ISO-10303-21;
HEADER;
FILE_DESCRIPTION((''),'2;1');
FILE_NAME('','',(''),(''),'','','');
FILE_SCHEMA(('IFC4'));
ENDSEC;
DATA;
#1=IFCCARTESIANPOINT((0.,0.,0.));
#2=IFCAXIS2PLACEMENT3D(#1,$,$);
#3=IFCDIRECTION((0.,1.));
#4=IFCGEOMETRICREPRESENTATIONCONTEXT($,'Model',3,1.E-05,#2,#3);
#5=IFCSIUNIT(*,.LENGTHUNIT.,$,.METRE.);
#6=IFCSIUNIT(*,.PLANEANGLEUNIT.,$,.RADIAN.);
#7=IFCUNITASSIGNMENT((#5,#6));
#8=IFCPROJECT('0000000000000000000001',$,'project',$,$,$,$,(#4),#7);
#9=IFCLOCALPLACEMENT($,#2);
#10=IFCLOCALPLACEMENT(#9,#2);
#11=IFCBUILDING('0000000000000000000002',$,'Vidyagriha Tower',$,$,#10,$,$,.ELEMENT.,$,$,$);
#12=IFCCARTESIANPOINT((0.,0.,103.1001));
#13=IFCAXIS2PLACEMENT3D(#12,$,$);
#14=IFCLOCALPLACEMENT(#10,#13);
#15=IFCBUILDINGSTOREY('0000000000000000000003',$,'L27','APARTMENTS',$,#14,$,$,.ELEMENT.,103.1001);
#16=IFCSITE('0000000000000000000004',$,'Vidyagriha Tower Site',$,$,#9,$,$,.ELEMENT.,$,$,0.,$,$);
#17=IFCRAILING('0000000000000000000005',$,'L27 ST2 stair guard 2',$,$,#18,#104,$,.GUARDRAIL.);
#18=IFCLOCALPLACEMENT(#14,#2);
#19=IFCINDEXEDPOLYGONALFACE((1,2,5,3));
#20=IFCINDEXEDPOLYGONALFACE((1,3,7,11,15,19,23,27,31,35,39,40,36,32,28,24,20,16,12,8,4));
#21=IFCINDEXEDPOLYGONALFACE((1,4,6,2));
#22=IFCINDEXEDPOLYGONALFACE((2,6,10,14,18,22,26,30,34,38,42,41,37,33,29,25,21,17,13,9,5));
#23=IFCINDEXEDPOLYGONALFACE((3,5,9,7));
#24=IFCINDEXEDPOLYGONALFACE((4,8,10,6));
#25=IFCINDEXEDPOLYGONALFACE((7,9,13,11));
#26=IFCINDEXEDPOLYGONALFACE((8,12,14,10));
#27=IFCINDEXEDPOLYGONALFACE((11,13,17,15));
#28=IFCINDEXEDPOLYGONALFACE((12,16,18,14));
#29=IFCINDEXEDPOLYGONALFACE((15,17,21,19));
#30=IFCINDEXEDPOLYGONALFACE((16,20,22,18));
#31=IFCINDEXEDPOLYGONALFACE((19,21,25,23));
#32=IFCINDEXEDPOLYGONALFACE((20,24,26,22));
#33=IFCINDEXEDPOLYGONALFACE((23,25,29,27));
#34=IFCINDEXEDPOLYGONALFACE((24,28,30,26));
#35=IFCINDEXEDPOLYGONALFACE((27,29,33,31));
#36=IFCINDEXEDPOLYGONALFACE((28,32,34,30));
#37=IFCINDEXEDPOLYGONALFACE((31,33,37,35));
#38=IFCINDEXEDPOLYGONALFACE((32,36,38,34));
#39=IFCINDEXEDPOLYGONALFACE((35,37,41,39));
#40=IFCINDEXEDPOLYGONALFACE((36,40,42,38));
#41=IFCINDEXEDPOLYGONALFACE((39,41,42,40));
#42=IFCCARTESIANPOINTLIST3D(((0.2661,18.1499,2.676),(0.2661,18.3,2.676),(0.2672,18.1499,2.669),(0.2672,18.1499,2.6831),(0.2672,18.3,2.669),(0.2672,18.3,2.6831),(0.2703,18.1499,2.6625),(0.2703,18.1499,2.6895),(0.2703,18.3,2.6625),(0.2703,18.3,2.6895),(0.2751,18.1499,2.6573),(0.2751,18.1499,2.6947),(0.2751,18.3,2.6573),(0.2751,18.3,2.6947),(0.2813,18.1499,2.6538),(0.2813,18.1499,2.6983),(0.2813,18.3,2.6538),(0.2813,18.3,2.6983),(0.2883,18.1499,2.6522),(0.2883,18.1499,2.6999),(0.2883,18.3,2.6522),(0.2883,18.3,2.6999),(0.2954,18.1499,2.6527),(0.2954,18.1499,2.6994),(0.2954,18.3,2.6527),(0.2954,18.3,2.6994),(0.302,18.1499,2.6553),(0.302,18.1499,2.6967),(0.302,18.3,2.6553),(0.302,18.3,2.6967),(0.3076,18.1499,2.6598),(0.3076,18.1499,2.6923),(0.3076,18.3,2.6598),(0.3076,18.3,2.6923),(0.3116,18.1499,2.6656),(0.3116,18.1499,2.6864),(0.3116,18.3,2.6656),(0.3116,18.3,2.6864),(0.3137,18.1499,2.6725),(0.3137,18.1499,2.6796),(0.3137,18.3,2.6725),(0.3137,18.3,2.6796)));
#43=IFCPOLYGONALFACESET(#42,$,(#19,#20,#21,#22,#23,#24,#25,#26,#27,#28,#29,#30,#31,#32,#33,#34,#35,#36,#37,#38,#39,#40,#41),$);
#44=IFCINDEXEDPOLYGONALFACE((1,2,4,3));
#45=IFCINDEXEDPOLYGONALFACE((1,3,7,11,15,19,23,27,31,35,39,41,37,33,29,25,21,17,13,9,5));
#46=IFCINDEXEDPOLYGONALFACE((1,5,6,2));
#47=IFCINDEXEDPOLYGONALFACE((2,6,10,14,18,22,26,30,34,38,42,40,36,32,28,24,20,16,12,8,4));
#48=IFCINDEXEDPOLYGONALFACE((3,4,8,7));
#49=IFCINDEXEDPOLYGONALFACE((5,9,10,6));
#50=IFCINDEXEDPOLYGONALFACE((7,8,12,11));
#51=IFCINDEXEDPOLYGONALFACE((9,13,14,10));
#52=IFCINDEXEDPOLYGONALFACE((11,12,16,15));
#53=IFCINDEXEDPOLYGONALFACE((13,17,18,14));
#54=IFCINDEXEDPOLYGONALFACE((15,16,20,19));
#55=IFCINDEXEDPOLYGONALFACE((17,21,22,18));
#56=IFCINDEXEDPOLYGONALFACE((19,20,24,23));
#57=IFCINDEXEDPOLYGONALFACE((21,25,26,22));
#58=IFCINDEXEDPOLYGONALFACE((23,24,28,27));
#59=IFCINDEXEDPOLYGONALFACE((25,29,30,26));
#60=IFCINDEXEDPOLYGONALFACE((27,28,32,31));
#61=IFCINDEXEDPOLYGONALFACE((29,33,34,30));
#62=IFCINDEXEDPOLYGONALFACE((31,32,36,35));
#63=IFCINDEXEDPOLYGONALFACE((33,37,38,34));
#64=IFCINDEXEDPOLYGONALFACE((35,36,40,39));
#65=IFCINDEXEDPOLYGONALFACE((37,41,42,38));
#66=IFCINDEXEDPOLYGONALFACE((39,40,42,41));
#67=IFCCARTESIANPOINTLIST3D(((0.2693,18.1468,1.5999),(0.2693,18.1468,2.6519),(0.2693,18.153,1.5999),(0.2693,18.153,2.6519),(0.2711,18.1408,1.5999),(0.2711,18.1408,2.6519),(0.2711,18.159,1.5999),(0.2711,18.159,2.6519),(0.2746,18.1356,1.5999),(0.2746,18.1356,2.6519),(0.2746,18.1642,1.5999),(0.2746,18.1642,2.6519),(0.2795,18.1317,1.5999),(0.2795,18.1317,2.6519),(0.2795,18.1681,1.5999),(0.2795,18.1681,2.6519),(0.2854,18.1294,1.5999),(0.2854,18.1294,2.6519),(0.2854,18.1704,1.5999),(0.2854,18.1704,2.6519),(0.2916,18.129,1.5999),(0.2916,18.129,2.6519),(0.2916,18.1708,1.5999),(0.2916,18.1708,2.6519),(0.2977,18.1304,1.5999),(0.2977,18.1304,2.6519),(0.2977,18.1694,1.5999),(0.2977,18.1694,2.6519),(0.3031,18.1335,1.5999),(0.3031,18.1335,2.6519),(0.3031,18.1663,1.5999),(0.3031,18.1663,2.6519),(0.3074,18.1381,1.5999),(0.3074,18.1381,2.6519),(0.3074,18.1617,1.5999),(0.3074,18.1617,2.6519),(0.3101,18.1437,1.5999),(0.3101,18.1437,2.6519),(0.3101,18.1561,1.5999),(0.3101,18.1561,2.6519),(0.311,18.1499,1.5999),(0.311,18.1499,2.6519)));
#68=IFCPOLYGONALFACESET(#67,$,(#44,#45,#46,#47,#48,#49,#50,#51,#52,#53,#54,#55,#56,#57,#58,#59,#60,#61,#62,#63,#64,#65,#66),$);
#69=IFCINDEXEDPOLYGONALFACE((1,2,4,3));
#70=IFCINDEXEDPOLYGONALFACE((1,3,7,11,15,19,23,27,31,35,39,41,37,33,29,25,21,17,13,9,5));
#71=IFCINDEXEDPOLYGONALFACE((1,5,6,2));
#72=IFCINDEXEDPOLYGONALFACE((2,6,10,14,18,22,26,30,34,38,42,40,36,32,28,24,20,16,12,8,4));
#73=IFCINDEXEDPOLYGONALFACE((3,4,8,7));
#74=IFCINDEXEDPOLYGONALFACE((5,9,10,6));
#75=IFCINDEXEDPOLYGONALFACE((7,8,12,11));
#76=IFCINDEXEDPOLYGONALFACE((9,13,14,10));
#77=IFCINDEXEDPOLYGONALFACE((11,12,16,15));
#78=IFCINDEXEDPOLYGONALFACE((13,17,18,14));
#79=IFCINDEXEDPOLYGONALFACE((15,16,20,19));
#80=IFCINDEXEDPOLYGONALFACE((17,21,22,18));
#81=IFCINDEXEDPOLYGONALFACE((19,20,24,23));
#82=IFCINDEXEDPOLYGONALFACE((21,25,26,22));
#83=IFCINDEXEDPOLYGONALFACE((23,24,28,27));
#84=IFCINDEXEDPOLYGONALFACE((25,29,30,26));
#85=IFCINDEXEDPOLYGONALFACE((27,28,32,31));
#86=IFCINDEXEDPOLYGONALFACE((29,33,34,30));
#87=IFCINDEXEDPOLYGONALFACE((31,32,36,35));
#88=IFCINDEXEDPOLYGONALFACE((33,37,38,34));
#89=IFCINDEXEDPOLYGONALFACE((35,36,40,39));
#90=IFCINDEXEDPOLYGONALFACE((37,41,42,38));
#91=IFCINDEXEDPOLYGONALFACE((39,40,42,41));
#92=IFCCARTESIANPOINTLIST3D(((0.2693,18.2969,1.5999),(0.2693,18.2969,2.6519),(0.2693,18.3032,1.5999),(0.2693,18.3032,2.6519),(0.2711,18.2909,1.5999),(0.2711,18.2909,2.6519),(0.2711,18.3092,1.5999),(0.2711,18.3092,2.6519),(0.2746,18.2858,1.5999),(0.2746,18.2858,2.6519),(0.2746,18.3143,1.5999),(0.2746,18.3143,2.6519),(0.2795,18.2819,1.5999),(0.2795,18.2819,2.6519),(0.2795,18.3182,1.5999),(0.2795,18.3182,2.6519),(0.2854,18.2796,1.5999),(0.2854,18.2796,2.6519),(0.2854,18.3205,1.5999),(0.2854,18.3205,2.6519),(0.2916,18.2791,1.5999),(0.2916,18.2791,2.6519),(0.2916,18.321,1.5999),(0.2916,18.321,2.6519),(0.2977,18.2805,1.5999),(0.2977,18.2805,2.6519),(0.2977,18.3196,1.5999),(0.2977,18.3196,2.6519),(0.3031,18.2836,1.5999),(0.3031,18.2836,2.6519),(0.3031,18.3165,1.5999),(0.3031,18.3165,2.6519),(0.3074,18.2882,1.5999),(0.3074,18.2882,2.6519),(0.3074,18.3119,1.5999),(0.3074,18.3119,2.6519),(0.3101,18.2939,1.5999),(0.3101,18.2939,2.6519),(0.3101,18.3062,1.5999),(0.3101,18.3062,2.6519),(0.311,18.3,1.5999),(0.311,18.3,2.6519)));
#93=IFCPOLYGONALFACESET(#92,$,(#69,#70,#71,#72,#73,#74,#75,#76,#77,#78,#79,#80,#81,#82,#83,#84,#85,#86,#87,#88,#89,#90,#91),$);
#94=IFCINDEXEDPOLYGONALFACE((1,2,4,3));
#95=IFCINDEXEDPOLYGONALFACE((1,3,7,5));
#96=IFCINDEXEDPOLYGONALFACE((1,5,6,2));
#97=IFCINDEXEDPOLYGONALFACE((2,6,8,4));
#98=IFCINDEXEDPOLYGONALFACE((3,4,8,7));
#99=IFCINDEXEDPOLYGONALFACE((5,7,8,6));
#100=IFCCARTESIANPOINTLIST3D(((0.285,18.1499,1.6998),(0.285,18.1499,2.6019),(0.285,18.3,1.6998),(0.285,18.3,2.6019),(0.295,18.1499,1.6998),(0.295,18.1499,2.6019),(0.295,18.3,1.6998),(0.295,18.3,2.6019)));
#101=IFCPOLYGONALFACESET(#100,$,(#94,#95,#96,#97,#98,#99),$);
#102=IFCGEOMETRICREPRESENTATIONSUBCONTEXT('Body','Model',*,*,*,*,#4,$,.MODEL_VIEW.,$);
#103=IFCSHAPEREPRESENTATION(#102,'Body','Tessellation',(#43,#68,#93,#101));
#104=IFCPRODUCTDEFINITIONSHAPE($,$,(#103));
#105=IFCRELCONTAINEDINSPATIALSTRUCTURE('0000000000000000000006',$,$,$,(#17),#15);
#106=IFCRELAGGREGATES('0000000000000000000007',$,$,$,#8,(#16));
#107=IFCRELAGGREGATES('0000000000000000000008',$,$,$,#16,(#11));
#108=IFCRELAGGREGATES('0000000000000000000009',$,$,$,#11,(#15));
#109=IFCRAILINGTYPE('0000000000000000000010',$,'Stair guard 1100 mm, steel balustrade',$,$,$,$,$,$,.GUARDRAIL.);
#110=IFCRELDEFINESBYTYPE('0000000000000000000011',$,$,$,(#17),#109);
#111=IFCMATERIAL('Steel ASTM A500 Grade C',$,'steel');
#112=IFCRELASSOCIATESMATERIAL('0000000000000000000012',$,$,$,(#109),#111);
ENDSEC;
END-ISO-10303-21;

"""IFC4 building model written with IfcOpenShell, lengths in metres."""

from ifc_helpers import new_model, si_unit, direction, frame, origin, origin_2d, place, context, subcontext, project, spatial, rectangle, circle, extrude, material, type_object, element, save


model = new_model("IFC4")

# Units and contexts
model_context = context("Model", 3, precision=1e-05, world=origin(), true_north=direction((0.0, 1.0)))
body_context = subcontext(model_context, "Body", "Model", "MODEL_VIEW")
ifc_project = project(units=[si_unit("LENGTHUNIT", "METRE"), si_unit("PLANEANGLEUNIT", "RADIAN")], contexts=[model_context])

# Site, building, storey
site_placement = place(None, origin())
site = spatial("IfcSite", under=ifc_project, at=site_placement, Name="Vidyagriha Tower Site", CompositionType="ELEMENT", RefElevation=0.0)
building_placement = place(site_placement, origin())
building = spatial("IfcBuilding", under=site, at=building_placement, Name="Vidyagriha Tower", CompositionType="ELEMENT")
storey_placement = place(building_placement, frame((0.0, 0.0, 103.1001)))
storey = spatial("IfcBuildingStorey", under=building, at=storey_placement, Name="L27", Description="APARTMENTS", CompositionType="ELEMENT", Elevation=103.1001)

# Railing
ifc_material_1 = material(Name="Steel ASTM A500 Grade C", Category="steel")
railing_type_1 = type_object("IfcRailingType", Name="Stair guard 1100 mm, steel balustrade", PredefinedType="GUARDRAIL", material=ifc_material_1)
railing_1_placement = place(storey_placement, frame((0.29, 18.1499, 1.5999)))
element("IfcRailing", 1, at=railing_1_placement, inside=storey, type_object=railing_type_1, Name="L27 ST2 stair guard 2", PredefinedType="GUARDRAIL", context=body_context, shape_type="SweptSolid", body=[
    extrude(circle(Radius=0.0239, at=origin_2d()), frame((0.0, 0.0, 1.0762), z_axis=(0.0, 1.0, 0.0), x_axis=(-1.0, 0.0, 0.0)), (0.0, 0.0, 1.0), 0.1501),
    extrude(circle(Radius=0.021, at=origin_2d()), origin(), (0.0, 0.0, 1.0), 1.052),
    extrude(circle(Radius=0.021, at=origin_2d()), frame((0.0, 0.1501, 0.0)), (0.0, 0.0, 1.0), 1.052),
    extrude(rectangle(XDim=0.01, YDim=0.9021, at=origin_2d()), frame((0.0, 0.0, 0.551), z_axis=(0.0, 1.0, 0.0), x_axis=(-1.0, 0.0, 0.0)), (0.0, 0.0, 1.0), 0.1501),
])

save(model, "model.ifc")
